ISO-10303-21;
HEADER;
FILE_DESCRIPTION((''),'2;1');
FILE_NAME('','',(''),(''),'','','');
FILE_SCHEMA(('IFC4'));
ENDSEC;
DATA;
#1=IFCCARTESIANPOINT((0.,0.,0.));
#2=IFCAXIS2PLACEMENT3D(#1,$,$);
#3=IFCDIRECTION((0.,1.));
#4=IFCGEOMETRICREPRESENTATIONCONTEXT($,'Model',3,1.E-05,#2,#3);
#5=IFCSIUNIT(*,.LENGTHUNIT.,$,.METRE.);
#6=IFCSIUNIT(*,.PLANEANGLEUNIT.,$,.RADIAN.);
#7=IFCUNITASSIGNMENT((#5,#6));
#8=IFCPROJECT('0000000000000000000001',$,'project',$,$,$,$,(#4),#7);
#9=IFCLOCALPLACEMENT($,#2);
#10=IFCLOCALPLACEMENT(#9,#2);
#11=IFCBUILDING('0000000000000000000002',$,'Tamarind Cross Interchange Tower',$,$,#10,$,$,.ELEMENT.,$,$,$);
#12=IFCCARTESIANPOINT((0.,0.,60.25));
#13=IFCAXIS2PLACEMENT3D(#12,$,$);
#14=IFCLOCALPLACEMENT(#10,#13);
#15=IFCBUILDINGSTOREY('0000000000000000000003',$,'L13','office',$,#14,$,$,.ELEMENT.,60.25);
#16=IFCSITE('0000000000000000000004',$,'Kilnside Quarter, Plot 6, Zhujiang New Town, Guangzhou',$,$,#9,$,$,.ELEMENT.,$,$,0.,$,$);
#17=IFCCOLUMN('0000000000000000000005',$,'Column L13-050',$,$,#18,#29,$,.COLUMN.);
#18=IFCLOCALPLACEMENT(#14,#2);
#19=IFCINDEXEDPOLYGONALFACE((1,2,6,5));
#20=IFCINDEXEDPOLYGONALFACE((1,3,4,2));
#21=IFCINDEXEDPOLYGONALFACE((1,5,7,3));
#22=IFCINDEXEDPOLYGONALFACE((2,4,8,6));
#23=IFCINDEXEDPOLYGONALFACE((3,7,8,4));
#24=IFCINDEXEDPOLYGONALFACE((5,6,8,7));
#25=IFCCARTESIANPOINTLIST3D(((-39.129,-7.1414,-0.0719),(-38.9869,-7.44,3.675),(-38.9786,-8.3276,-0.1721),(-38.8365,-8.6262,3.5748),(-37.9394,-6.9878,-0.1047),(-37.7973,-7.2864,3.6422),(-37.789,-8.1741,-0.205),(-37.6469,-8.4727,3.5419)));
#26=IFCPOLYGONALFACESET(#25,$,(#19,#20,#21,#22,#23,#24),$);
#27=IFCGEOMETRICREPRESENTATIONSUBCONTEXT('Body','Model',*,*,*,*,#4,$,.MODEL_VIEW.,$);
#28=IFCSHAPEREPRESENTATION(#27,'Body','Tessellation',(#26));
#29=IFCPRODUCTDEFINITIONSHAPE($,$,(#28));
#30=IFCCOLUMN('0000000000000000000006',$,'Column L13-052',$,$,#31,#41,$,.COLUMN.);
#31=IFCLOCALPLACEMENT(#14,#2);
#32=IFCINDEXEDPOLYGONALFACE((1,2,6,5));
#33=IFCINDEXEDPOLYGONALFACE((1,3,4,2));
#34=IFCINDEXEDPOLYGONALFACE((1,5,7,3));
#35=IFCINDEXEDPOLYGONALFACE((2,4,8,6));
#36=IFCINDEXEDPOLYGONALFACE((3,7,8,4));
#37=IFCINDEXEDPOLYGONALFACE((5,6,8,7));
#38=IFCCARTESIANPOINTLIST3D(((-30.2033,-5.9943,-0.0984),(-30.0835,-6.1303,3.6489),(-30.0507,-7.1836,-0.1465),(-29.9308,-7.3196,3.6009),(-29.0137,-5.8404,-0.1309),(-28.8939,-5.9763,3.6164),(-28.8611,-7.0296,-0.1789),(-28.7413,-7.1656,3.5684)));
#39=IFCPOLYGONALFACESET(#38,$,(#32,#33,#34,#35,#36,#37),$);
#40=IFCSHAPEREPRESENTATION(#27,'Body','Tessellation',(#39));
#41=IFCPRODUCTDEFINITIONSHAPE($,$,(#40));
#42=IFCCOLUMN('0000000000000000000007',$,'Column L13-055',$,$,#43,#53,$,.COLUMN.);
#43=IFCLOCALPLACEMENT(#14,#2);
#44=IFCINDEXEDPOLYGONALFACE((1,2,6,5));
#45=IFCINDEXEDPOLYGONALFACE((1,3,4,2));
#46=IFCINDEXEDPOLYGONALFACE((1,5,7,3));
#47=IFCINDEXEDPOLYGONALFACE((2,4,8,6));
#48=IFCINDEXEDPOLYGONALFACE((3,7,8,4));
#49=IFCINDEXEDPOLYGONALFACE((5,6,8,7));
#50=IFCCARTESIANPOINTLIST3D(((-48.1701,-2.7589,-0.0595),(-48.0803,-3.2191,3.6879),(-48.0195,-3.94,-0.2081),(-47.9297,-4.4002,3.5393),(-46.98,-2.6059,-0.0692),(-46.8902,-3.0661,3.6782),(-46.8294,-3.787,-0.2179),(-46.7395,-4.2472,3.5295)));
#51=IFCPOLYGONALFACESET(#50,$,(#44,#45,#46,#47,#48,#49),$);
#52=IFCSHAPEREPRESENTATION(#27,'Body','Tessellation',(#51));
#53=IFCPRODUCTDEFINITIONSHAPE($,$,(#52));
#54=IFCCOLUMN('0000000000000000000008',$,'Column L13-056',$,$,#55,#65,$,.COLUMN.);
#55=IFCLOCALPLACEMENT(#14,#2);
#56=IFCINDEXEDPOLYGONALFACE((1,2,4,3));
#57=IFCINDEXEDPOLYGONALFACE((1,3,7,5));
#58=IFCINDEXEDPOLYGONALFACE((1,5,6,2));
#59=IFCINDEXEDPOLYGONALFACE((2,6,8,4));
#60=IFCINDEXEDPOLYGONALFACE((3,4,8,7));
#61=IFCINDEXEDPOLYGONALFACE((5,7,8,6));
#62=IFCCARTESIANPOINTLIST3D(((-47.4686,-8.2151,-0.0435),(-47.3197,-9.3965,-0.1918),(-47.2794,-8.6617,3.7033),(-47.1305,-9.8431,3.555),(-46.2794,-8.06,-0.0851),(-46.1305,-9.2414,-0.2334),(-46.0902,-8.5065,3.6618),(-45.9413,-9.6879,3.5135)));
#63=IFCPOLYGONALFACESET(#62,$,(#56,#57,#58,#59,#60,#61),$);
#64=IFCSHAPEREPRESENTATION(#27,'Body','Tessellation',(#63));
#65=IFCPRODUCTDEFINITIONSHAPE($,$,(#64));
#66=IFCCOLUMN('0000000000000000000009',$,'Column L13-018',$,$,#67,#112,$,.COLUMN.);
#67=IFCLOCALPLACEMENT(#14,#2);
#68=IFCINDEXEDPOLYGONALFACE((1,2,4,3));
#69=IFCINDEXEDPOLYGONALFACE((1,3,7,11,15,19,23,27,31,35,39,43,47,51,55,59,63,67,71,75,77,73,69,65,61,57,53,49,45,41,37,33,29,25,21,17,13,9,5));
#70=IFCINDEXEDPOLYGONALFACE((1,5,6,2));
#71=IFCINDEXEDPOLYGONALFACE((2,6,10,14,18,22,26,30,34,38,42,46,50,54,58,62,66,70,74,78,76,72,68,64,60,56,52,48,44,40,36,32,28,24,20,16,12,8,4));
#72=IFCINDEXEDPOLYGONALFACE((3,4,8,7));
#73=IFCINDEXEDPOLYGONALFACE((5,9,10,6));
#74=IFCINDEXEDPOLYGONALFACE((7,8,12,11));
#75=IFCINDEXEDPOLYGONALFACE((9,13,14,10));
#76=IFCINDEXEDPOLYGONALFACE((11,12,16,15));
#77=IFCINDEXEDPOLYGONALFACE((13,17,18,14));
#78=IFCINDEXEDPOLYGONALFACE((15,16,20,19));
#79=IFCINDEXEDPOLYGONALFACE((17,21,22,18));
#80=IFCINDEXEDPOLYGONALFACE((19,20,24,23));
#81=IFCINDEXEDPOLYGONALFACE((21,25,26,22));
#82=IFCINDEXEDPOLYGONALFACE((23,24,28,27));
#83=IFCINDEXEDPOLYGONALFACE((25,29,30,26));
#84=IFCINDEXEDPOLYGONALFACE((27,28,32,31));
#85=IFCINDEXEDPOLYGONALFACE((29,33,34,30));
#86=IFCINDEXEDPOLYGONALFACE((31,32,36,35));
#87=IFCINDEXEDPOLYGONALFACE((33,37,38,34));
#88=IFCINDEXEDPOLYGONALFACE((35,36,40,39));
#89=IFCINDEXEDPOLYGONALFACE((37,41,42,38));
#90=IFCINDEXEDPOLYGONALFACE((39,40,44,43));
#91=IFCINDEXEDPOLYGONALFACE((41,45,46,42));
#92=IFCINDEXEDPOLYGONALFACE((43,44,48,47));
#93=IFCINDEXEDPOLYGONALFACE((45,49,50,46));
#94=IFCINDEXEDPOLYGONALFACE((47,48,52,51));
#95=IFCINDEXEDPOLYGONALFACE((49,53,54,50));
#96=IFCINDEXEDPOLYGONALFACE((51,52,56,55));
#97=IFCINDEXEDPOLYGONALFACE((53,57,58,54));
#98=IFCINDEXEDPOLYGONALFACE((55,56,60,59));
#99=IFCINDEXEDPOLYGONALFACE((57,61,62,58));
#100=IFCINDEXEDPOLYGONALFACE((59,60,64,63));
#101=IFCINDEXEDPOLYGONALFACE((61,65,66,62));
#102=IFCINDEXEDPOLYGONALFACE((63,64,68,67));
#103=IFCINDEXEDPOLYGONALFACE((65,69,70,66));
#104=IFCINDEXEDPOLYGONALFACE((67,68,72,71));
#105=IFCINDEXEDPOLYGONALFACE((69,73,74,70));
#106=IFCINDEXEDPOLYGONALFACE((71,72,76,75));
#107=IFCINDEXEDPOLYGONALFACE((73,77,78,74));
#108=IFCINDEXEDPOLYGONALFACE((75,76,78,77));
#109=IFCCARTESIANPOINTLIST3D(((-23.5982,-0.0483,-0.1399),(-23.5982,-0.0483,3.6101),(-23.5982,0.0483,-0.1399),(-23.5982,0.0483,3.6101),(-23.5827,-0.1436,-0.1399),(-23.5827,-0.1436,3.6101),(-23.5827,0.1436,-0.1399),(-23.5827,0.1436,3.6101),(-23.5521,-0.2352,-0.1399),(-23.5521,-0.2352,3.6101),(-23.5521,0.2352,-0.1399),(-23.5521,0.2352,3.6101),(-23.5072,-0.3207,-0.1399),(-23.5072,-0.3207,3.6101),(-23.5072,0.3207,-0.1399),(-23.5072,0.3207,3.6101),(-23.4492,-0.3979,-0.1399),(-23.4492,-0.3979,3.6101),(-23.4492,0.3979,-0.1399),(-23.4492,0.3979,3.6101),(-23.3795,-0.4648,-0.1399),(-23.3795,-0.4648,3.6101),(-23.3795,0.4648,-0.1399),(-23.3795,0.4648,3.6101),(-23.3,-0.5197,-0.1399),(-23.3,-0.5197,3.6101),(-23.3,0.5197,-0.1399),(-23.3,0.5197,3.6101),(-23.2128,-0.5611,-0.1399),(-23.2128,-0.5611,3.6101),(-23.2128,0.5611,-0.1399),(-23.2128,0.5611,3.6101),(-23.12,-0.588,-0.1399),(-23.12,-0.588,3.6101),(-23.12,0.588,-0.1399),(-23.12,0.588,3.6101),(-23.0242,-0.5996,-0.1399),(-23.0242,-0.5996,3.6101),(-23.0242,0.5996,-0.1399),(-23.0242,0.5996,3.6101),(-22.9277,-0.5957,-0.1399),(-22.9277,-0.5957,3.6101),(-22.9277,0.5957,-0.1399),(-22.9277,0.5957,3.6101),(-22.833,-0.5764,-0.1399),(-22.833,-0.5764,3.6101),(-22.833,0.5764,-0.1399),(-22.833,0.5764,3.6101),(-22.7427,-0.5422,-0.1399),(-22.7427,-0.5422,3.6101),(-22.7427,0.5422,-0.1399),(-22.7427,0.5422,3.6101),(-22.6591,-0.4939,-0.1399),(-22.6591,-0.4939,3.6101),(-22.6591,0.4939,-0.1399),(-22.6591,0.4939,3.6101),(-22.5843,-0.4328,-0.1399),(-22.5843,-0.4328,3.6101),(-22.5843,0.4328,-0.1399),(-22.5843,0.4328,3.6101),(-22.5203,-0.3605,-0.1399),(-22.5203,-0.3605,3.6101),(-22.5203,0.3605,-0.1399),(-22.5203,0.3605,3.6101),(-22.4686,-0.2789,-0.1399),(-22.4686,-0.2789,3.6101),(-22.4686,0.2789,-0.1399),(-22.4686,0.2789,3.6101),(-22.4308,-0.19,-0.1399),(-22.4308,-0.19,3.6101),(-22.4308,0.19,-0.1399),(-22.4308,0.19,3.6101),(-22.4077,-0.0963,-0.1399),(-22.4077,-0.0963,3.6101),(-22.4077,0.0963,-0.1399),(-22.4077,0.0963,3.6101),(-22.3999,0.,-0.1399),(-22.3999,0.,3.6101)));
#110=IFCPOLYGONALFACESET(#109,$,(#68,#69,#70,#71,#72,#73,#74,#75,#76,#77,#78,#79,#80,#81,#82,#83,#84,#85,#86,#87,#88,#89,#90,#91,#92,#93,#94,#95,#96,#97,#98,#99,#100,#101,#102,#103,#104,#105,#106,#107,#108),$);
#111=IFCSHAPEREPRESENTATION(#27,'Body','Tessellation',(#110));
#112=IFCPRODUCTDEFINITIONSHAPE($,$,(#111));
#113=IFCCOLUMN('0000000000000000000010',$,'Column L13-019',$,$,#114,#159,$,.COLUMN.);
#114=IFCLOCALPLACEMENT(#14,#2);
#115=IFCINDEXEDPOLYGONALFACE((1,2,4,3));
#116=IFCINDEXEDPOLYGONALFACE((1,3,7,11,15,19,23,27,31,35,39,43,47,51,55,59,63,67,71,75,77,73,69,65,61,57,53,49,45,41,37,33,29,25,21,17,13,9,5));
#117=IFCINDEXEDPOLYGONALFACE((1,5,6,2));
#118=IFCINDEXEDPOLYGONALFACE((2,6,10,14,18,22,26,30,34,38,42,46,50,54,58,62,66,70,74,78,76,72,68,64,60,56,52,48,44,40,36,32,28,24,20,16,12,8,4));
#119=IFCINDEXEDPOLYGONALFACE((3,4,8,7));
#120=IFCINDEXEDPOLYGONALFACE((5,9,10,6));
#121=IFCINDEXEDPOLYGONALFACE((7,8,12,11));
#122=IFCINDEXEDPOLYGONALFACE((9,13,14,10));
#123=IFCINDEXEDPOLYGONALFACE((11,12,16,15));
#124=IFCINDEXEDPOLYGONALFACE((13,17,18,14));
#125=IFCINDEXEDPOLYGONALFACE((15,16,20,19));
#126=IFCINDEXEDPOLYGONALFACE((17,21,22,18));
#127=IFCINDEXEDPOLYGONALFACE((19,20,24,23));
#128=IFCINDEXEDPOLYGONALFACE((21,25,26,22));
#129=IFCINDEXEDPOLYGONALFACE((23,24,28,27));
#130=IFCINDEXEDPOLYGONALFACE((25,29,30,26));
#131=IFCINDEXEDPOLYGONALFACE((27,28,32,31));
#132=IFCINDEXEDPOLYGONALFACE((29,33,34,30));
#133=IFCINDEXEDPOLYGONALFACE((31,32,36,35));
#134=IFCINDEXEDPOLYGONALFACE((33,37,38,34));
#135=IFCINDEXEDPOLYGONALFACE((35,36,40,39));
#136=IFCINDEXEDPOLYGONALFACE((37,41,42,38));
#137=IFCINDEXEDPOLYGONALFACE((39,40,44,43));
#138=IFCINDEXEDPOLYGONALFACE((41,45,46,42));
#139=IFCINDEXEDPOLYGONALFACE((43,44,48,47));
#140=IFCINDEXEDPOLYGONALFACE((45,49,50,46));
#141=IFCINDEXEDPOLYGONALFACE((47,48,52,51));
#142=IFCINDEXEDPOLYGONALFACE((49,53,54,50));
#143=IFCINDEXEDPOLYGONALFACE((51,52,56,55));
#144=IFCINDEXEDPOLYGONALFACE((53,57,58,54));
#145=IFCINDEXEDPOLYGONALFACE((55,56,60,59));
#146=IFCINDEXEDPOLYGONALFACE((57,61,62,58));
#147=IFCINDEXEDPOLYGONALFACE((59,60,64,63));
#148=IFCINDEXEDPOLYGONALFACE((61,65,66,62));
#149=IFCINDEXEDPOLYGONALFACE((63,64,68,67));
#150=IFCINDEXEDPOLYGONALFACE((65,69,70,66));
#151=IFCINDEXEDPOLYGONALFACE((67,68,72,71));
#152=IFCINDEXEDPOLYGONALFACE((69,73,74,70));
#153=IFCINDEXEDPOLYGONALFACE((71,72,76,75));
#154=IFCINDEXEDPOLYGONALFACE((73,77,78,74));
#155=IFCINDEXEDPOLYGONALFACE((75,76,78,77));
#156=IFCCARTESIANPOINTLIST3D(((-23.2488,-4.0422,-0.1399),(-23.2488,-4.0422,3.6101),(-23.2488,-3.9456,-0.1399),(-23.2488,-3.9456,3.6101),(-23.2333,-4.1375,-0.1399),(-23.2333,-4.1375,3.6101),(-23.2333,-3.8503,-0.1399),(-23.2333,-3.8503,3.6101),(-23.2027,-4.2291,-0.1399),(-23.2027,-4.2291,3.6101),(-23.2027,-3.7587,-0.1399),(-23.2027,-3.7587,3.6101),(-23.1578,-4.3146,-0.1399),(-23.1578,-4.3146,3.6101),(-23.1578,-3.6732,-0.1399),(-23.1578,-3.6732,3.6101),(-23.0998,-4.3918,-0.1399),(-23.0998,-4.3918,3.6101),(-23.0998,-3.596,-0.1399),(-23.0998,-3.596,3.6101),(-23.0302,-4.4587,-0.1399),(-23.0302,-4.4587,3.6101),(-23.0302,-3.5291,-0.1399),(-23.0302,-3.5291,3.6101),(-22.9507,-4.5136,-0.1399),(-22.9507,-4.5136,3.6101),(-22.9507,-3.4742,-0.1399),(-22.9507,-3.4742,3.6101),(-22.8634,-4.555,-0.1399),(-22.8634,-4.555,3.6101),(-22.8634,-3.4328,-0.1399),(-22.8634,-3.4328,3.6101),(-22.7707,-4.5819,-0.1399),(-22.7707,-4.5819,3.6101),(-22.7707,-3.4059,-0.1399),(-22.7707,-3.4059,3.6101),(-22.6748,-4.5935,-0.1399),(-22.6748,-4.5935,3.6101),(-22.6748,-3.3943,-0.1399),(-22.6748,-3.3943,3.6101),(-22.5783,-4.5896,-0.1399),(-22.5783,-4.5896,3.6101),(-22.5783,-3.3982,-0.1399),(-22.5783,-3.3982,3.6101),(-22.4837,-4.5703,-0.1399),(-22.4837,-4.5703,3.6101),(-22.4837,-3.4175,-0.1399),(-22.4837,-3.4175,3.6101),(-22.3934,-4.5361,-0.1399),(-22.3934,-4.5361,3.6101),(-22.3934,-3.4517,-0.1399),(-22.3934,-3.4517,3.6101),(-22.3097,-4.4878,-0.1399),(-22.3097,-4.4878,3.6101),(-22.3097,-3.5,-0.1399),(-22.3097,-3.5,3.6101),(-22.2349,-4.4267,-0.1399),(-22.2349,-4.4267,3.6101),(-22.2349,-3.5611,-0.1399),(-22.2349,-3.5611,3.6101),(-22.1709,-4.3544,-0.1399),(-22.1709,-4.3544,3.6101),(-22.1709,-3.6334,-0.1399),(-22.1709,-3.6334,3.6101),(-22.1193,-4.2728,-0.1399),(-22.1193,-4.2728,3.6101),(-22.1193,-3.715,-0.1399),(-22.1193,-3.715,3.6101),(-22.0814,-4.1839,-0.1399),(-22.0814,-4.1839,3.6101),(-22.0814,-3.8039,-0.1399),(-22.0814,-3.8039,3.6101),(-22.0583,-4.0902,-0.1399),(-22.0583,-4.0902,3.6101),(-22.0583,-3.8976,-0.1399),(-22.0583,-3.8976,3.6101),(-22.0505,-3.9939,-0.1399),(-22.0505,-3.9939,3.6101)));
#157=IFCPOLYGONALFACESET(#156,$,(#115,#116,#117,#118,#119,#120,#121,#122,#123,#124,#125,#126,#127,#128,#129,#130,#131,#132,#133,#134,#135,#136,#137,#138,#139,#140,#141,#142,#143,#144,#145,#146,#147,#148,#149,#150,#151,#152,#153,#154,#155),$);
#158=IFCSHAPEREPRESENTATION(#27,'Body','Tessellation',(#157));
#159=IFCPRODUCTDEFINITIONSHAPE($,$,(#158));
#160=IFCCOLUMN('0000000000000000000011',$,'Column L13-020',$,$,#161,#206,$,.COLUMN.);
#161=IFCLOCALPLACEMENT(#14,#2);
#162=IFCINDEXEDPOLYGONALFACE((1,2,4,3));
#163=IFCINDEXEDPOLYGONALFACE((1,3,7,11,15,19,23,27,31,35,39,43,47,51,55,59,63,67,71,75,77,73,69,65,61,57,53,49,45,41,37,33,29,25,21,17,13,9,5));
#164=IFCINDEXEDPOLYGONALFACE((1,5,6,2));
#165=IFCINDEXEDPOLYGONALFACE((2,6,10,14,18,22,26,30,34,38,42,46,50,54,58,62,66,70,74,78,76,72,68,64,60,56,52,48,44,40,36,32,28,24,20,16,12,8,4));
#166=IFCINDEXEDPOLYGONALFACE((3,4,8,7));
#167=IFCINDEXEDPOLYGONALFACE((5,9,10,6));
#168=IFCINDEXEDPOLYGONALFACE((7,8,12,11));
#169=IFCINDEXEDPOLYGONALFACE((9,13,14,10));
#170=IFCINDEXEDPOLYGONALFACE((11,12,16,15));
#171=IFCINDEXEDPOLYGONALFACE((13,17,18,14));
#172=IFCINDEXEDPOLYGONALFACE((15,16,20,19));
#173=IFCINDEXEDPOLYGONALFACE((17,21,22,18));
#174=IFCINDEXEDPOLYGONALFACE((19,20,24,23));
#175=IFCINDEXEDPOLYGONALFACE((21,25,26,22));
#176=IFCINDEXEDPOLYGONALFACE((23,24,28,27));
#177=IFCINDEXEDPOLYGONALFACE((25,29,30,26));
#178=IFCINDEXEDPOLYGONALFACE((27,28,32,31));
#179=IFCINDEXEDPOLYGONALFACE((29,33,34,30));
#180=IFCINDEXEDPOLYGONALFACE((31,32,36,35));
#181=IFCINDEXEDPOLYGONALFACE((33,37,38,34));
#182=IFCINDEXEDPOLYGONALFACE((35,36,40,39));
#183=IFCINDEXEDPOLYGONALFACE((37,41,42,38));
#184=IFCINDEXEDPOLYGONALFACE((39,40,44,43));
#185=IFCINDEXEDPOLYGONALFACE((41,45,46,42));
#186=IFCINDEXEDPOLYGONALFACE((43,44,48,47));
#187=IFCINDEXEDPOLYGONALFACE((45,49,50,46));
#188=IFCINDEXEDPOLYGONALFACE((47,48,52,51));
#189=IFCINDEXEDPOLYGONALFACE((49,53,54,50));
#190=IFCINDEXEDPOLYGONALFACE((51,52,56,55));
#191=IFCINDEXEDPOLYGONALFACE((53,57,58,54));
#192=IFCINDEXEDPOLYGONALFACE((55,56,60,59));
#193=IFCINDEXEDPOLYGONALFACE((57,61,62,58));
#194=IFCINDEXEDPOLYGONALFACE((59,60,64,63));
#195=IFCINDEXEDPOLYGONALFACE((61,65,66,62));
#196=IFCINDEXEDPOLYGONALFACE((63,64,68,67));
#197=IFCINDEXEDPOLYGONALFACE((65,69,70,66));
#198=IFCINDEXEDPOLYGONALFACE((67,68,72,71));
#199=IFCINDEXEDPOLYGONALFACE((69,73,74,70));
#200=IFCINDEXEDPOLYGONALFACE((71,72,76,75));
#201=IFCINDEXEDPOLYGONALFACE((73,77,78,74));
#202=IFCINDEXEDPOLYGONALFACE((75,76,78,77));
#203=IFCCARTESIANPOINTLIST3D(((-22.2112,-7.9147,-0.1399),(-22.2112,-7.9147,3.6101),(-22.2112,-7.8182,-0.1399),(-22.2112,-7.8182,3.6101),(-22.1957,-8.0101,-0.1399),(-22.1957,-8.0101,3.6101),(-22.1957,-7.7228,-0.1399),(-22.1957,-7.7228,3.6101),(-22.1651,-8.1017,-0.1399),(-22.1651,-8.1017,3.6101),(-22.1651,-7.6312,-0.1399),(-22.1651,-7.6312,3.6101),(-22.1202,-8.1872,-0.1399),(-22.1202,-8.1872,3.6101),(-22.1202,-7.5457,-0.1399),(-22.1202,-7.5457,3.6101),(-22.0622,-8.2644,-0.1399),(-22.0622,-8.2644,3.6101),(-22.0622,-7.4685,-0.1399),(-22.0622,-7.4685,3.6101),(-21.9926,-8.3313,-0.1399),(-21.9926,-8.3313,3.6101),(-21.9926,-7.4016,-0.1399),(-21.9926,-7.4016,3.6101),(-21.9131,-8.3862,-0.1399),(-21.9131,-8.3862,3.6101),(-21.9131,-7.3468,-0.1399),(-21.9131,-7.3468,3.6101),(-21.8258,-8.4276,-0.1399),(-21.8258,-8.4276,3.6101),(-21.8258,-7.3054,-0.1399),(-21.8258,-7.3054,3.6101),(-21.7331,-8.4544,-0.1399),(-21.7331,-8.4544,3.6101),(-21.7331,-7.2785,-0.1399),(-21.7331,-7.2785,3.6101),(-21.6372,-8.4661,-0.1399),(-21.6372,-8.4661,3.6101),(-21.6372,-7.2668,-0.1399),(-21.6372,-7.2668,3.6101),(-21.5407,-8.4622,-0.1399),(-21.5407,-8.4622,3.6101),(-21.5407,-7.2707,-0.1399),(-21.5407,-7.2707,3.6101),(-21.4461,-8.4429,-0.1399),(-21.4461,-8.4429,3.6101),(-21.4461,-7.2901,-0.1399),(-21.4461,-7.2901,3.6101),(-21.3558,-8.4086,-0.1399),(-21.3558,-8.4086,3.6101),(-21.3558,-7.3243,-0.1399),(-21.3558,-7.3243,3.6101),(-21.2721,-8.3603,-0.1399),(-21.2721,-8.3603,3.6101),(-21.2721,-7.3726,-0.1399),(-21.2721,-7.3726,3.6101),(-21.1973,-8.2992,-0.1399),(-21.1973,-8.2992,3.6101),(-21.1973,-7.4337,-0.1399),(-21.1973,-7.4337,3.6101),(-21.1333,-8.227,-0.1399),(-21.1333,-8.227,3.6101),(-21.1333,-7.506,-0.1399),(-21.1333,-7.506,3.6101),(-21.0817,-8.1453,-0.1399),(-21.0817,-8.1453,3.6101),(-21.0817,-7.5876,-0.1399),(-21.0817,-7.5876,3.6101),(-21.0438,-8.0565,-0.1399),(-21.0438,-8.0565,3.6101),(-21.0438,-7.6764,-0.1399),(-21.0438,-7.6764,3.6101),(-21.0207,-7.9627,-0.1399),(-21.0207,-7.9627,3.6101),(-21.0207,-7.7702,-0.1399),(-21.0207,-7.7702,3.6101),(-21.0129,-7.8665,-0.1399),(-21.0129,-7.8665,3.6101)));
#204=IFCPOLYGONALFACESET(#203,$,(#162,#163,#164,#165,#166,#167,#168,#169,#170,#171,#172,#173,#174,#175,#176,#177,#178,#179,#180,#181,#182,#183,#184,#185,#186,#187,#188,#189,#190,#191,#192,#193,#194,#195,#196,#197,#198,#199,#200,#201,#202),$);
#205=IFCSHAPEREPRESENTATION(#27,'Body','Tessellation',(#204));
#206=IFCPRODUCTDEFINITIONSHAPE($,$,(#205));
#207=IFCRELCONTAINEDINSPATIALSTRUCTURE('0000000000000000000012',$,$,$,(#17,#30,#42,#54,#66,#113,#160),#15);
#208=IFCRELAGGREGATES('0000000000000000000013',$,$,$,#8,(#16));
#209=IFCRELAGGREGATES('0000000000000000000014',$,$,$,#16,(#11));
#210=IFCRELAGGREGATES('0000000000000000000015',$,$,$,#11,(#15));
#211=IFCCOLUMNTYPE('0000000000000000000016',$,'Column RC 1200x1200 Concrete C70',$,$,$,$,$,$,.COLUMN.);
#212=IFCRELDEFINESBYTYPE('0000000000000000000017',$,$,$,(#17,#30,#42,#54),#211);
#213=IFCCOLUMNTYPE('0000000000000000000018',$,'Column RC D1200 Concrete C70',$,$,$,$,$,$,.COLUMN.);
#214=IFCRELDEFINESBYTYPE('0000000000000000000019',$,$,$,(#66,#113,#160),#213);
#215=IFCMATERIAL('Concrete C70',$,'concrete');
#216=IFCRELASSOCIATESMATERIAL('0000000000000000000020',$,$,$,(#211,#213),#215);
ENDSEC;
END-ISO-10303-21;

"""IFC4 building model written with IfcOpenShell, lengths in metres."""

from ifc_helpers import new_model, si_unit, direction, frame, origin, origin_2d, place, context, subcontext, project, spatial, rectangle, circle, extrude, material, material_profile, profile_set, type_object, element, save


model = new_model("IFC4")

# Units and contexts
model_context = context("Model", 3, precision=1e-05, world=origin(), true_north=direction((0.0, 1.0)))
body_context = subcontext(model_context, "Body", "Model", "MODEL_VIEW")
ifc_project = project(units=[si_unit("LENGTHUNIT", "METRE"), si_unit("PLANEANGLEUNIT", "RADIAN")], contexts=[model_context])

# Site, building, storey
site_placement = place(None, origin())
site = spatial("IfcSite", under=ifc_project, at=site_placement, Name="Kilnside Quarter, Plot 6, Zhujiang New Town, Guangzhou", CompositionType="ELEMENT", RefElevation=0.0)
building_placement = place(site_placement, origin())
building = spatial("IfcBuilding", under=site, at=building_placement, Name="Tamarind Cross Interchange Tower", CompositionType="ELEMENT")
storey_placement = place(building_placement, frame((0.0, 0.0, 60.25)))
storey = spatial("IfcBuildingStorey", under=building, at=storey_placement, Name="L13", Description="office", CompositionType="ELEMENT", Elevation=60.25)

# Columns
ifc_material_1 = material(Name="Concrete C70", Category="concrete")
ifc_material_profile_1 = material_profile(ifc_material_1, rectangle(XDim=1.2, YDim=1.2, at=origin_2d()), Name="RC 1200x1200")
ifc_profile_set_1 = profile_set([ifc_material_profile_1], Name="Concrete C70")
column_type_1 = type_object("IfcColumnType", Name="Column RC 1200x1200 Concrete C70", PredefinedType="COLUMN", material=ifc_profile_set_1)
column_1_placement = place(storey_placement, frame((-38.459, -7.6577, -0.1384), z_axis=(0.037776, -0.079381, 0.996128), x_axis=(-0.12531, 0.988595, 0.083533)))
element("IfcColumn", 1, at=column_1_placement, inside=storey, type_object=column_type_1, Name="Column L13-050", PredefinedType="COLUMN", context=body_context, shape_type="SweptSolid", body=[
    extrude(rectangle(XDim=1.2, YDim=1.2, at=origin_2d()), origin(), (0.0, 0.0, 1.0), 3.7615),
])
column_2_placement = place(storey_placement, frame((-29.5322, -6.512, -0.1387), z_axis=(0.031952, -0.036247, 0.998832), x_axis=(-0.127179, 0.991072, 0.040033)))
element("IfcColumn", 2, at=column_2_placement, inside=storey, type_object=column_type_1, Name="Column L13-052", PredefinedType="COLUMN", context=body_context, shape_type="SweptSolid", body=[
    extrude(rectangle(XDim=1.2, YDim=1.2, at=origin_2d()), origin(), (0.0, 0.0, 1.0), 3.7517),
])
column_3_placement = place(storey_placement, frame((-47.4998, -3.2729, -0.1387), z_axis=(0.02379, -0.121859, 0.992262), x_axis=(-0.125528, 0.984324, 0.123894)))
element("IfcColumn", 3, at=column_3_placement, inside=storey, type_object=column_type_1, Name="Column L13-055", PredefinedType="COLUMN", context=body_context, shape_type="SweptSolid", body=[
    extrude(rectangle(XDim=1.2, YDim=1.2, at=origin_2d()), origin(), (0.0, 0.0, 1.0), 3.7766),
])
column_4_placement = place(storey_placement, frame((-46.7996, -8.7283, -0.1384), z_axis=(0.050081, -0.11819, 0.991727), x_axis=(-0.124106, 0.984541, 0.123601)))
element("IfcColumn", 4, at=column_4_placement, inside=storey, type_object=column_type_1, Name="Column L13-056", PredefinedType="COLUMN", context=body_context, shape_type="SweptSolid", body=[
    extrude(rectangle(XDim=1.2, YDim=1.2, at=origin_2d()), origin(), (0.0, 0.0, 1.0), 3.7781),
])
ifc_material_profile_2 = material_profile(ifc_material_1, circle(Radius=0.6001, at=origin_2d()), Name="RC D1200")
ifc_profile_set_2 = profile_set([ifc_material_profile_2], Name="Concrete C70")
column_type_2 = type_object("IfcColumnType", Name="Column RC D1200 Concrete C70", PredefinedType="COLUMN", material=ifc_profile_set_2)
for number, where, z_axis, x_axis, name in (
    (5, (-23.0, 0.0, -0.1399), (0.0, 0.0, 1.0), (1.0, 0.0, 0.0), "Column L13-018"),
    (6, (-22.6506, -3.9939, -0.1399), (0.0, 0.0, 1.0), (1.0, 0.0, 0.0), "Column L13-019"),
    (7, (-21.613, -7.8665, -0.1399), (0.0, 0.0, 1.0), (1.0, 0.0, 0.0), "Column L13-020"),
):
    element("IfcColumn", number, at=place(storey_placement, frame(where, z_axis=z_axis, x_axis=x_axis)), inside=storey, type_object=column_type_2, Name=name, PredefinedType="COLUMN", context=body_context, shape_type="SweptSolid", body=[
        extrude(circle(Radius=0.6001, at=origin_2d()), origin(), (0.0, 0.0, 1.0), 3.75),
    ])

save(model, "model.ifc")
